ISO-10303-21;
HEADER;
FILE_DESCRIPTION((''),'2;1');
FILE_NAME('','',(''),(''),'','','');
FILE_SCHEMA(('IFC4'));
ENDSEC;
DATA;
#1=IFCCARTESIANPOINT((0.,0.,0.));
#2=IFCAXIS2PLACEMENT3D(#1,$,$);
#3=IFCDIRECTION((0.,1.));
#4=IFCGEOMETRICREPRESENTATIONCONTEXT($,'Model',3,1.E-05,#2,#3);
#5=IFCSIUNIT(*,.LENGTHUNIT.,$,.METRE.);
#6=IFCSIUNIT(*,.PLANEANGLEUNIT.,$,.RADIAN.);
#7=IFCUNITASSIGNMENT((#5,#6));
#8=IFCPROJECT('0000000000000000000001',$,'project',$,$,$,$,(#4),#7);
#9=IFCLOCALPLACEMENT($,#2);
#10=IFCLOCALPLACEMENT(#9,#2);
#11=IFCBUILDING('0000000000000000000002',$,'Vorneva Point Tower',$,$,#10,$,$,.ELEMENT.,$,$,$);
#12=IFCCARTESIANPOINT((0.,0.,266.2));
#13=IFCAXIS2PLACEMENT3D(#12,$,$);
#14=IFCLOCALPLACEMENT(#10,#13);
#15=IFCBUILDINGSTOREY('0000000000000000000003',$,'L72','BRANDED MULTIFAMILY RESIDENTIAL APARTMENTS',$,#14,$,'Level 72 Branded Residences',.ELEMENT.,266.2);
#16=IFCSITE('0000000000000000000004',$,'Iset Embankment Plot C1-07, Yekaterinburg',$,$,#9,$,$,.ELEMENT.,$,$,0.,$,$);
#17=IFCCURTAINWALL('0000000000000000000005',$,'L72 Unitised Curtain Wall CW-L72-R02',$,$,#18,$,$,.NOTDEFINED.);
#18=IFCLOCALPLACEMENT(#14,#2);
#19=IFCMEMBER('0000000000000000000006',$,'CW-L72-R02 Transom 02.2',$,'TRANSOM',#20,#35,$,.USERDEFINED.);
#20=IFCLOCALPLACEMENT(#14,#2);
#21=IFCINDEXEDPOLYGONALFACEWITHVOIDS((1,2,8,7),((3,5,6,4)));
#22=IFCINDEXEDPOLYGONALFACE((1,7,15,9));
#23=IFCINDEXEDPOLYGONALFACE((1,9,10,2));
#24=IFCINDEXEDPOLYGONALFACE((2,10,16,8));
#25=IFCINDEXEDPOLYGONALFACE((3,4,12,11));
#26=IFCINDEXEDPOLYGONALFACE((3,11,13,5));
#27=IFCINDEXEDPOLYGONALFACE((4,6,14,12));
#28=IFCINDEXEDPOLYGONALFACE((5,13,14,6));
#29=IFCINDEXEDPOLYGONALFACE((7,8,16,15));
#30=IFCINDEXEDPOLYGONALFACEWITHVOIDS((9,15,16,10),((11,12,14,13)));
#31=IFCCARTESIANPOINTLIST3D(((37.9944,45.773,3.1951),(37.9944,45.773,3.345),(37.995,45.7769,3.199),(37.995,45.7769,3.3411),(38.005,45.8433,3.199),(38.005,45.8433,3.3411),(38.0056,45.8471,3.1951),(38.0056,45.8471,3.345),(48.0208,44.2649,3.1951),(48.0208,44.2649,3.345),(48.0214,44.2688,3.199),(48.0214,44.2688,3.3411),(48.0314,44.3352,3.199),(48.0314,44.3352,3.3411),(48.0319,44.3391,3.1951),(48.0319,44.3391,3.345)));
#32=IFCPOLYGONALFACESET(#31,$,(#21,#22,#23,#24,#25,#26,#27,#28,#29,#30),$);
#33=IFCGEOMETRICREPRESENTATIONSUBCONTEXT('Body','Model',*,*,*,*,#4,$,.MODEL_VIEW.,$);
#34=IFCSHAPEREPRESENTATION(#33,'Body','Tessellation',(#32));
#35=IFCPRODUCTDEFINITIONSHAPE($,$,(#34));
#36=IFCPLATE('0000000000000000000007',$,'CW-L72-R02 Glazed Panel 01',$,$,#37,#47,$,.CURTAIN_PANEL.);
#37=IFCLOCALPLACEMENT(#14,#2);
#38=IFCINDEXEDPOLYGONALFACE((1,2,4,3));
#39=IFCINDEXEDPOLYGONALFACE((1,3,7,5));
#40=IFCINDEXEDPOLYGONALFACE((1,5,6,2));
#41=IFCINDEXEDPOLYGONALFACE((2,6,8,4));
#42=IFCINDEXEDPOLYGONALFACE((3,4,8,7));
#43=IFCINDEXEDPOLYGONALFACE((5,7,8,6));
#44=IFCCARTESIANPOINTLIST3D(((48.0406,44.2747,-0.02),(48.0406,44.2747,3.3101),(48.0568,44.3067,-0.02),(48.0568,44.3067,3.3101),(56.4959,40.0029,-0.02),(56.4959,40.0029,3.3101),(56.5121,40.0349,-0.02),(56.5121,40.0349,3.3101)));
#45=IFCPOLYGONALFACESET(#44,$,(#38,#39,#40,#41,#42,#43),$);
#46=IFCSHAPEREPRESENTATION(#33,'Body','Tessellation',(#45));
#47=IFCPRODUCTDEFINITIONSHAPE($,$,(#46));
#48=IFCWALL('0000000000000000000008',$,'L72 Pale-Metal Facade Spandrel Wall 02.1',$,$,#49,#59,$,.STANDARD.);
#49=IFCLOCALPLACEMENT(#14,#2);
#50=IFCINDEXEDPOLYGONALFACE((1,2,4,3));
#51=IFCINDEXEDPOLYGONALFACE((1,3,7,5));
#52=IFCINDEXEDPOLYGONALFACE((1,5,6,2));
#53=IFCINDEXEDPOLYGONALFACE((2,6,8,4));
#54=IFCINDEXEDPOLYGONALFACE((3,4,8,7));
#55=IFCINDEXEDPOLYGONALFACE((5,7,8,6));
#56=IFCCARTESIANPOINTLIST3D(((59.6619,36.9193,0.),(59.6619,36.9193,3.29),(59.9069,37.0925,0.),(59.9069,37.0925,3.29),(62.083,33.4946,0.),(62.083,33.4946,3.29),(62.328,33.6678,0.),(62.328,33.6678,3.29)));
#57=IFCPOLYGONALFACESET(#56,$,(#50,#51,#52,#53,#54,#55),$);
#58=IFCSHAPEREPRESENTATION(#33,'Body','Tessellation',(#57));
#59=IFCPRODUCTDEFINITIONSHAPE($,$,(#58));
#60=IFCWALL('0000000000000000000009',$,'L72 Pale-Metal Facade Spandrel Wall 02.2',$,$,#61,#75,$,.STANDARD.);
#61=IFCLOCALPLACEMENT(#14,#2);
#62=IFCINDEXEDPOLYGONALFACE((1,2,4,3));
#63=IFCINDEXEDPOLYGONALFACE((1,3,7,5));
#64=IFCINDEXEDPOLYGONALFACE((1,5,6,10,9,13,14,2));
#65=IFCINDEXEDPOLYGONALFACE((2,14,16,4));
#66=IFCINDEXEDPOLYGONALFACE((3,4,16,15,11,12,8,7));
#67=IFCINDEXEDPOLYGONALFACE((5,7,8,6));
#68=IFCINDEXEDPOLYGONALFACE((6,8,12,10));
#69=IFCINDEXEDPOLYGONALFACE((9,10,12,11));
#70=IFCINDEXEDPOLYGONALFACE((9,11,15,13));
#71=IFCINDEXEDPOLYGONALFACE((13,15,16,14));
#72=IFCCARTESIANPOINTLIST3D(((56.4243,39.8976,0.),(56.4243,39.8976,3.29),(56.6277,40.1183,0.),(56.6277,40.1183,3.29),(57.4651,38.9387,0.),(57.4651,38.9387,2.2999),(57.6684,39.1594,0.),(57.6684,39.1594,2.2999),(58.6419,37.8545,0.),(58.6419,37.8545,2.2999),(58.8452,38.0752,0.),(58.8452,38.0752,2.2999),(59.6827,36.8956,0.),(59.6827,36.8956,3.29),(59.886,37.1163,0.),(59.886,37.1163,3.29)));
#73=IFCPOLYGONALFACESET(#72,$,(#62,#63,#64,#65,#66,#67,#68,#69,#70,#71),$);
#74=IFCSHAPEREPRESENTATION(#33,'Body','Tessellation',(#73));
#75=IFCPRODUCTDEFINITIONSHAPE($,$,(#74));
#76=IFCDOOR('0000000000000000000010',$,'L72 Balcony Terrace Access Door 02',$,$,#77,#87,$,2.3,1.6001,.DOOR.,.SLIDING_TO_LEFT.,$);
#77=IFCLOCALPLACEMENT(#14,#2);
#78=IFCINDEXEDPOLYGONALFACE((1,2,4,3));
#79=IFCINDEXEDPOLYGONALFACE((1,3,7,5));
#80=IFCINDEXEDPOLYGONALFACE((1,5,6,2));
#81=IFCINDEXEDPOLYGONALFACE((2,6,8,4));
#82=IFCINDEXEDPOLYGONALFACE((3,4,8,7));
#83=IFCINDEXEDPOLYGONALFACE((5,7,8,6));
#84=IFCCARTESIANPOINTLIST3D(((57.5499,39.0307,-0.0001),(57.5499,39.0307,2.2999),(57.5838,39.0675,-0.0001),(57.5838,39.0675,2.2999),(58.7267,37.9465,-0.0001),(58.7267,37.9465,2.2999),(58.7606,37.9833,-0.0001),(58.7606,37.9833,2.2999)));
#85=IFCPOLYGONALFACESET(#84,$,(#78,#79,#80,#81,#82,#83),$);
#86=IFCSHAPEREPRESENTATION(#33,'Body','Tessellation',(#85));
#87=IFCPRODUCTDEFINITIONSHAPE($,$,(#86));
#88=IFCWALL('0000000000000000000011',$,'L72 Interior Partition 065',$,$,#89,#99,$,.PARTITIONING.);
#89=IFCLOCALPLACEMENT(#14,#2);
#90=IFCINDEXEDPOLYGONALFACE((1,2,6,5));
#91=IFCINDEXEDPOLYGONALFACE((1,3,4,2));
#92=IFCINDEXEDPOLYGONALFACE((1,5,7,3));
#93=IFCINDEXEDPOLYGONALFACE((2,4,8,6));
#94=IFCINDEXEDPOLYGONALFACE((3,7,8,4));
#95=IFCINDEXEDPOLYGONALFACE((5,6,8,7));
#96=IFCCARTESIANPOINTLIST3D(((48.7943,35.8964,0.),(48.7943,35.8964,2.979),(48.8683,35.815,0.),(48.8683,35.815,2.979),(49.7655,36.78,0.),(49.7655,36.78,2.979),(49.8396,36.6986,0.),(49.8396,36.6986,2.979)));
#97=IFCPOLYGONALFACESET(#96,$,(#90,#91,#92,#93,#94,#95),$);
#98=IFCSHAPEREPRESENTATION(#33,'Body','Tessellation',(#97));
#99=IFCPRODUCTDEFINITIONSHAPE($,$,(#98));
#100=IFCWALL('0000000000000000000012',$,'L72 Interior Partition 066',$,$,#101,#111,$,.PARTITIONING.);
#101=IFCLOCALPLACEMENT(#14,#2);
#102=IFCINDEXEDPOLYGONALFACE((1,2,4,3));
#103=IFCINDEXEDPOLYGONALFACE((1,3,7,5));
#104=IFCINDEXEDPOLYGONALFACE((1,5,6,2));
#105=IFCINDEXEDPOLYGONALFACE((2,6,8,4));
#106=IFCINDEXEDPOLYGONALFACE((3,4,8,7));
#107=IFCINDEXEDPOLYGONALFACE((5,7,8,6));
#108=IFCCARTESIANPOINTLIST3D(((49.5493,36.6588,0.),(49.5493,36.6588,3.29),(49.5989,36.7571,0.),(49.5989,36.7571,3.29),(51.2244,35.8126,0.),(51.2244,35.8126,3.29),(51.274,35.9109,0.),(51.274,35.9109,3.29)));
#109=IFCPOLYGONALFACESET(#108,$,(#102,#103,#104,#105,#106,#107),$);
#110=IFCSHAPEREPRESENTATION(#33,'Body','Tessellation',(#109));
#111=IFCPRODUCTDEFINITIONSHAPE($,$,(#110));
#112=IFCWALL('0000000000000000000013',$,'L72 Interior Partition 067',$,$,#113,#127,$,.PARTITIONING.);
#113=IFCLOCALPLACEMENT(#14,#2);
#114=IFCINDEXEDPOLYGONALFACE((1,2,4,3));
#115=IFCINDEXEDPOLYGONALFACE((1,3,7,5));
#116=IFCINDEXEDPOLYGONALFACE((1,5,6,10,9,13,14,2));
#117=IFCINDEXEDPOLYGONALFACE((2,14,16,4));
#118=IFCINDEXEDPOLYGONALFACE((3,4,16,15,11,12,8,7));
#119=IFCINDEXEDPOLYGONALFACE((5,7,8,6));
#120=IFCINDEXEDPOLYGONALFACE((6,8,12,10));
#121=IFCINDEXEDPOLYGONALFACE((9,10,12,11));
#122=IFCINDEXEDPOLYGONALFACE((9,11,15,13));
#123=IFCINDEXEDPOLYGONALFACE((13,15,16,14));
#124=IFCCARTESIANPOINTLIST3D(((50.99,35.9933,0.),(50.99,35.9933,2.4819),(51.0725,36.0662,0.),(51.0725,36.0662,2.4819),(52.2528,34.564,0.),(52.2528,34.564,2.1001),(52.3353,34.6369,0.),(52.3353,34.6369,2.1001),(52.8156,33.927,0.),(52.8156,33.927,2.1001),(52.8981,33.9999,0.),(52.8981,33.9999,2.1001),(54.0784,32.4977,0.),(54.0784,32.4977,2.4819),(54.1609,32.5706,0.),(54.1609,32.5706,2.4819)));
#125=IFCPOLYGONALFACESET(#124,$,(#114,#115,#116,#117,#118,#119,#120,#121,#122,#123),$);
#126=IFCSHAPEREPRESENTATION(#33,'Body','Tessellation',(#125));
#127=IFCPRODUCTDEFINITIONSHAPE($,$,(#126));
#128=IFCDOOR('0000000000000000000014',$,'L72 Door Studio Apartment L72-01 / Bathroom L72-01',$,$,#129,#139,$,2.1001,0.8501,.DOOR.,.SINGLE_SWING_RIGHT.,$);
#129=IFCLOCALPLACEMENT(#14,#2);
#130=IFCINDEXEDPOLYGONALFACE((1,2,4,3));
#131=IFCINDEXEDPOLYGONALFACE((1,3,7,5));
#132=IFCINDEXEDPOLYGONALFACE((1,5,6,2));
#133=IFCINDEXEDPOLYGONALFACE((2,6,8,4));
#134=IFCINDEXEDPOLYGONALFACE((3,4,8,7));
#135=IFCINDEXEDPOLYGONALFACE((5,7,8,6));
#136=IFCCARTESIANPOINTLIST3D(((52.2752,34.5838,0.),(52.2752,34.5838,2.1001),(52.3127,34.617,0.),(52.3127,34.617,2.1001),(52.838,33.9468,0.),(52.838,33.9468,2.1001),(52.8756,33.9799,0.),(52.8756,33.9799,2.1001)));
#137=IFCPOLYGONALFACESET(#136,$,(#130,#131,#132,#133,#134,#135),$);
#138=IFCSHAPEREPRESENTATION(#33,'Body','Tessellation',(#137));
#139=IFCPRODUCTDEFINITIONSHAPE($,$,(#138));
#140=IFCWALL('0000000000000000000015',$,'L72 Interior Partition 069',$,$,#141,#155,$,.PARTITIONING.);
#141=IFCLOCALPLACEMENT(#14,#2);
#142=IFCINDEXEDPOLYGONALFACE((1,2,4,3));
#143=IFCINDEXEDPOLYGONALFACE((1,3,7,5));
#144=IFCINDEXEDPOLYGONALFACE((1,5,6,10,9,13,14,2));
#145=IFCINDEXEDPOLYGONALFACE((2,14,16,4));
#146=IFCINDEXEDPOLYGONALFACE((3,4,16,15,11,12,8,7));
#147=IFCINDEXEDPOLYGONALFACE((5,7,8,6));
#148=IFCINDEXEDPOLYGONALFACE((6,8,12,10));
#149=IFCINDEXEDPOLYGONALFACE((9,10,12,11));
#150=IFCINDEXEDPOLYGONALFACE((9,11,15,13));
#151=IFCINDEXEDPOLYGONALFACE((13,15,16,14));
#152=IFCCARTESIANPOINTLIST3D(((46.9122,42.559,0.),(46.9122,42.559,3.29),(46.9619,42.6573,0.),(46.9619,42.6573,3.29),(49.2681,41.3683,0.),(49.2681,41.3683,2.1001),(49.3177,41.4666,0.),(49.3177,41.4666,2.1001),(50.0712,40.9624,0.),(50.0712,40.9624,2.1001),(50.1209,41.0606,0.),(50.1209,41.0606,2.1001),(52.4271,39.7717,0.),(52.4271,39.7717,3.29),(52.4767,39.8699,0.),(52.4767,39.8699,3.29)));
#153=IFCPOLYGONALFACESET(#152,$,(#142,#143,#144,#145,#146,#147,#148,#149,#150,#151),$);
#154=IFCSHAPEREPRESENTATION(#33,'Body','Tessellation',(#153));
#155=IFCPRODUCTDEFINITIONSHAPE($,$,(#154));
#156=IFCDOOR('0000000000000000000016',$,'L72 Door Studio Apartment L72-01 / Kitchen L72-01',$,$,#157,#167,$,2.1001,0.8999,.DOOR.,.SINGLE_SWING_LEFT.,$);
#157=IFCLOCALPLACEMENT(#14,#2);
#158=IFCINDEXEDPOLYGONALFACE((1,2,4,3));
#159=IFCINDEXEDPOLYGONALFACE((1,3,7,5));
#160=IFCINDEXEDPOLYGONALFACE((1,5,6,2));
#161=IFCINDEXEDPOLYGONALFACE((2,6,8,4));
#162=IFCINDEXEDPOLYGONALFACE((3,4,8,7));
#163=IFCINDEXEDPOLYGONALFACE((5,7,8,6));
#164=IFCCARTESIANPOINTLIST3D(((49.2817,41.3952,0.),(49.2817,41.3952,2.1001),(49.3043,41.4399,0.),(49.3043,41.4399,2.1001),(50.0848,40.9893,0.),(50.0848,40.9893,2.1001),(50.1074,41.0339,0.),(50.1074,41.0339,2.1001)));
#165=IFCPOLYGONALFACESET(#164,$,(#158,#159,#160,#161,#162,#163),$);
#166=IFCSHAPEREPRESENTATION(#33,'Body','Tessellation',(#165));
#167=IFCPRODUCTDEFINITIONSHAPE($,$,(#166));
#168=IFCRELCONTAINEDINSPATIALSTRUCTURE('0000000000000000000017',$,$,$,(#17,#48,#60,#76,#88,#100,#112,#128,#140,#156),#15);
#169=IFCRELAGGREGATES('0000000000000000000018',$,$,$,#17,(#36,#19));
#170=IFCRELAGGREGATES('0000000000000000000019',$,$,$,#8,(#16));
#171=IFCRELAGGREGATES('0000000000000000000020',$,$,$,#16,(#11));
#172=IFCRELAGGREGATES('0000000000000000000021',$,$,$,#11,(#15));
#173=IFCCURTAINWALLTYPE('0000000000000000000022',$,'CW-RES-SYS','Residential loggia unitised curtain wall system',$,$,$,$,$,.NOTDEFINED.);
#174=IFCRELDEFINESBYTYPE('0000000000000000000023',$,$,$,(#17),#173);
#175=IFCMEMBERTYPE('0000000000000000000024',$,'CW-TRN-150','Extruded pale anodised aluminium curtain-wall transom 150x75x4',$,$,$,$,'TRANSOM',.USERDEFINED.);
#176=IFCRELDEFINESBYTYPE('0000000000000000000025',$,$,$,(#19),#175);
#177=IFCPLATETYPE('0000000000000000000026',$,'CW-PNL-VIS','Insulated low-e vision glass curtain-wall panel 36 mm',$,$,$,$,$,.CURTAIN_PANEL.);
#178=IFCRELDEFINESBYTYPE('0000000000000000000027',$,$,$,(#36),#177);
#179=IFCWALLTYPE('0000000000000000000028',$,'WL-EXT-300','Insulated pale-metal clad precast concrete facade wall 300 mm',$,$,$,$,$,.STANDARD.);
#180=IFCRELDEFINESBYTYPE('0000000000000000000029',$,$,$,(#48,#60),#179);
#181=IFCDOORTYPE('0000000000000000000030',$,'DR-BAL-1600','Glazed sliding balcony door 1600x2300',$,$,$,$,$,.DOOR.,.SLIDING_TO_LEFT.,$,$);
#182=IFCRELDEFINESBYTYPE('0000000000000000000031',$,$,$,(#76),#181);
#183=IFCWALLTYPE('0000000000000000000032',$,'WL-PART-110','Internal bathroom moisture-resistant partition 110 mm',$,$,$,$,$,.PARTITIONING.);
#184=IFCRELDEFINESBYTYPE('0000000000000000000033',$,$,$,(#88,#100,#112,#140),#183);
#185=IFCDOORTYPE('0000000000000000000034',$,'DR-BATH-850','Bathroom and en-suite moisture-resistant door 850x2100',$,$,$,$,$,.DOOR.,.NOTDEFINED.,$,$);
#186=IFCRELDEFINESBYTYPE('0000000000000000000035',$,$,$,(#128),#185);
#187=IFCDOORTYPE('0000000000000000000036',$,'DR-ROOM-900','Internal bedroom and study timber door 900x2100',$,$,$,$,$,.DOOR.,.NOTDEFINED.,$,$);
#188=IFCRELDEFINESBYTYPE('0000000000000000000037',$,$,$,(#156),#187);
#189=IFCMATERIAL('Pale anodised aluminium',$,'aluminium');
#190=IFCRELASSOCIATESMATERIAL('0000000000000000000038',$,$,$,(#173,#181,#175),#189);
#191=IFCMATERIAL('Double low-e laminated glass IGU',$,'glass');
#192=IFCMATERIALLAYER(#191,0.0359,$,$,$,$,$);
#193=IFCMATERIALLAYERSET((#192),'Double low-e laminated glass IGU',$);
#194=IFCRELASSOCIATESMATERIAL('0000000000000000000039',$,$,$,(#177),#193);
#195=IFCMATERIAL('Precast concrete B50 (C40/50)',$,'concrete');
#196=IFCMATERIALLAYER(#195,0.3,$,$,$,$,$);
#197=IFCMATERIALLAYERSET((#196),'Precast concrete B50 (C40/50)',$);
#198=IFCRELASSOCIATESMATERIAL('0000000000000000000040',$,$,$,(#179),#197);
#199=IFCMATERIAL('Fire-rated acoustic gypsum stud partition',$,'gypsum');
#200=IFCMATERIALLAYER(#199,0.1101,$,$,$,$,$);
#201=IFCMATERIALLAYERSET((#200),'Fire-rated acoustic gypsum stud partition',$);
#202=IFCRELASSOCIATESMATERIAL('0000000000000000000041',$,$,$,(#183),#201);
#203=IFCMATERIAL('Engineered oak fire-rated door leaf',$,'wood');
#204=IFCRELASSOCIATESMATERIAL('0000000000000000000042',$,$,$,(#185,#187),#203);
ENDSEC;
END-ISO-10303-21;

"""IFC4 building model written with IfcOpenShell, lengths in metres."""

from ifc_helpers import new_model, si_unit, direction, frame, frame_2d, origin, origin_2d, place, context, subcontext, project, spatial, rectangle, hollow_rectangle, extrude, material, layer, layer_set, material_profile, profile_set, type_object, element, fill, aggregate, save


model = new_model("IFC4")

# Units and contexts
model_context = context("Model", 3, precision=1e-05, world=origin(), true_north=direction((0.0, 1.0)))
body_context = subcontext(model_context, "Body", "Model", "MODEL_VIEW")
ifc_project = project(units=[si_unit("LENGTHUNIT", "METRE"), si_unit("PLANEANGLEUNIT", "RADIAN")], contexts=[model_context])

# Site, building, storey
site_placement = place(None, origin())
site = spatial("IfcSite", under=ifc_project, at=site_placement, Name="Iset Embankment Plot C1-07, Yekaterinburg", CompositionType="ELEMENT", RefElevation=0.0)
building_placement = place(site_placement, origin())
building = spatial("IfcBuilding", under=site, at=building_placement, Name="Vorneva Point Tower", CompositionType="ELEMENT")
storey_placement = place(building_placement, frame((0.0, 0.0, 266.2)))
storey = spatial("IfcBuildingStorey", under=building, at=storey_placement, Name="L72", Description="BRANDED MULTIFAMILY RESIDENTIAL APARTMENTS", LongName="Level 72 Branded Residences", CompositionType="ELEMENT", Elevation=266.2)

# Shared definitions
ifc_material_1 = material(Name="Pale anodised aluminium", Category="aluminium")
curtain_wall_type = type_object("IfcCurtainWallType", Name="CW-RES-SYS", Description="Residential loggia unitised curtain wall system", PredefinedType="NOTDEFINED", material=ifc_material_1)

# Curtain wall, member, plate
curtain_wall_1_placement = place(storey_placement, origin())
curtain_wall_1 = element("IfcCurtainWall", 1, at=curtain_wall_1_placement, inside=storey, type_object=curtain_wall_type, Name="L72 Unitised Curtain Wall CW-L72-R02", PredefinedType="NOTDEFINED")
ifc_material_profile_1 = material_profile(ifc_material_1, hollow_rectangle(XDim=0.075, YDim=0.1499, WallThickness=0.0039, at=origin_2d()), Name="AL-TRN 150x75x4")
ifc_profile_set_1 = profile_set([ifc_material_profile_1], Name="Pale anodised aluminium")
member_type_1 = type_object("IfcMemberType", Name="CW-TRN-150", Description="Extruded pale anodised aluminium curtain-wall transom 150x75x4", ElementType="TRANSOM", PredefinedType="USERDEFINED", material=ifc_profile_set_1)
member_1_placement = place(storey_placement, frame((48.0264, 44.302, 3.27), z_axis=(-0.988877, 0.148736, 0.0), x_axis=(-0.148736, -0.988877, 0.0)))
member_1 = element("IfcMember", 2, at=member_1_placement, type_object=member_type_1, Name="CW-L72-R02 Transom 02.2", ObjectType="TRANSOM", PredefinedType="USERDEFINED", context=body_context, shape_type="SweptSolid", body=[
    extrude(hollow_rectangle(XDim=0.075, YDim=0.1499, WallThickness=0.0039, at=origin_2d()), origin(), (0.0, 0.0, 1.0), 10.1392),
])
ifc_material_2 = material(Name="Double low-e laminated glass IGU", Category="glass")
ifc_layer_1 = layer(ifc_material_2, 0.0359)
ifc_layer_set_1 = layer_set([ifc_layer_1], Name="Double low-e laminated glass IGU")
plate_type = type_object("IfcPlateType", Name="CW-PNL-VIS", Description="Insulated low-e vision glass curtain-wall panel 36 mm", PredefinedType="CURTAIN_PANEL", material=ifc_layer_set_1)
plate_placement = place(storey_placement, frame((52.2764, 42.1548, -0.02), z_axis=(0.0, 0.0, 1.0), x_axis=(-0.892554, 0.45094, 0.0)))
plate = element("IfcPlate", 3, at=plate_placement, type_object=plate_type, Name="CW-L72-R02 Glazed Panel 01", PredefinedType="CURTAIN_PANEL", context=body_context, shape_type="SweptSolid", body=[
    extrude(rectangle(XDim=9.4731, YDim=0.0359, at=origin_2d()), origin(), (0.0, 0.0, 1.0), 3.3301),
])
aggregate(curtain_wall_1, [plate, member_1])

# Wall
ifc_material_3 = material(Name="Precast concrete B50 (C40/50)", Category="concrete")
ifc_layer_2 = layer(ifc_material_3, 0.3)
ifc_layer_set_2 = layer_set([ifc_layer_2], Name="Precast concrete B50 (C40/50)")
wall_type_1 = type_object("IfcWallType", Name="WL-EXT-300", Description="Insulated pale-metal clad precast concrete facade wall 300 mm", PredefinedType="STANDARD", material=ifc_layer_set_2)
wall_1_placement = place(storey_placement, frame((62.2056, 33.5811, 0.0), z_axis=(0.0, 0.0, 1.0), x_axis=(-0.577261, 0.81656, 0.0)))
element("IfcWall", 4, at=wall_1_placement, inside=storey, type_object=wall_type_1, Name="L72 Pale-Metal Facade Spandrel Wall 02.1", PredefinedType="STANDARD", context=body_context, shape_type="SweptSolid", body=[
    extrude(rectangle(XDim=4.1941, YDim=0.3, at=frame_2d((2.0972, 0.0))), origin(), (0.0, 0.0, 1.0), 3.29),
])

# Wall, opening, door
wall_2_placement = place(storey_placement, frame((59.7844, 37.0059, 0.0), z_axis=(0.0, 0.0, 1.0), x_axis=(-0.735445, 0.677584, 0.0)))
wall_2 = element("IfcWall", 5, at=wall_2_placement, inside=storey, type_object=wall_type_1, Name="L72 Pale-Metal Facade Spandrel Wall 02.2", PredefinedType="STANDARD", context=body_context, shape_type="SweptSolid", body=[
    extrude(rectangle(XDim=4.4304, YDim=0.3, at=frame_2d((2.2153, 0.0))), origin(), (0.0, 0.0, 1.0), 3.29),
])
opening_1_placement = place(wall_2_placement, frame((1.4153, 0.0, 0.0)))
opening_1 = element("IfcOpeningElement", 6, at=opening_1_placement, cuts=wall_2, PredefinedType="OPENING", context=body_context, shape_type="SweptSolid", body=[
    extrude(rectangle(XDim=1.6001, YDim=2.3, at=frame_2d((0.8, 1.1499))), frame((0.0, 0.165, 0.0), z_axis=(0.0, -1.0, 0.0), x_axis=(1.0, 0.0, 0.0)), (0.0, 0.0, 1.0), 0.3298),
])
door_type_1 = type_object("IfcDoorType", Name="DR-BAL-1600", Description="Glazed sliding balcony door 1600x2300", OperationType="SLIDING_TO_LEFT", PredefinedType="DOOR", material=ifc_material_1)
door_1_placement = place(opening_1_placement, origin())
door_1 = element("IfcDoor", 7, at=door_1_placement, inside=storey, type_object=door_type_1, Name="L72 Balcony Terrace Access Door 02", OperationType="SLIDING_TO_LEFT", OverallHeight=2.3, OverallWidth=1.6001, PredefinedType="DOOR", context=body_context, shape_type="SweptSolid", body=[
    extrude(rectangle(XDim=1.6001, YDim=2.3, at=frame_2d((0.8, 1.1499))), frame((0.0, 0.0249, 0.0), z_axis=(0.0, -1.0, 0.0), x_axis=(1.0, 0.0, 0.0)), (0.0, 0.0, 1.0), 0.05),
])
fill(opening_1, door_1)

# Walls
ifc_material_4 = material(Name="Fire-rated acoustic gypsum stud partition", Category="gypsum")
ifc_layer_3 = layer(ifc_material_4, 0.1101)
ifc_layer_set_3 = layer_set([ifc_layer_3], Name="Fire-rated acoustic gypsum stud partition")
wall_type_2 = type_object("IfcWallType", Name="WL-PART-110", Description="Internal bathroom moisture-resistant partition 110 mm", PredefinedType="PARTITIONING", material=ifc_layer_set_3)
wall_3_placement = place(storey_placement, frame((48.8313, 35.8557, 0.0), z_axis=(0.0, 0.0, 1.0), x_axis=(0.739696, 0.672941, 0.0)))
element("IfcWall", 8, at=wall_3_placement, inside=storey, type_object=wall_type_2, Name="L72 Interior Partition 065", PredefinedType="PARTITIONING", context=body_context, shape_type="SweptSolid", body=[
    extrude(rectangle(XDim=1.313, YDim=0.1101, at=frame_2d((0.6565, 0.0))), origin(), (0.0, 0.0, 1.0), 2.979),
])
wall_4_placement = place(storey_placement, frame((49.574, 36.708, 0.0), z_axis=(0.0, 0.0, 1.0), x_axis=(0.892572, -0.450904, 0.0)))
element("IfcWall", 9, at=wall_4_placement, inside=storey, type_object=wall_type_2, Name="L72 Interior Partition 066", PredefinedType="PARTITIONING", context=body_context, shape_type="SweptSolid", body=[
    extrude(rectangle(XDim=1.8767, YDim=0.1101, at=frame_2d((0.9385, 0.0))), origin(), (0.0, 0.0, 1.0), 3.29),
])

# Walls, openings, doors
wall_5_placement = place(storey_placement, frame((51.0312, 36.0298, 0.0), z_axis=(0.0, 0.0, 1.0), x_axis=(0.662106, -0.74941, 0.0)))
wall_5 = element("IfcWall", 10, at=wall_5_placement, inside=storey, type_object=wall_type_2, Name="L72 Interior Partition 067", PredefinedType="PARTITIONING", context=body_context, shape_type="SweptSolid", body=[
    extrude(rectangle(XDim=4.6646, YDim=0.1101, at=frame_2d((2.3323, 0.0))), origin(), (0.0, 0.0, 1.0), 2.4819),
])
opening_2_placement = place(wall_5_placement, frame((1.9072, 0.0, 0.0)))
opening_2 = element("IfcOpeningElement", 11, at=opening_2_placement, cuts=wall_5, PredefinedType="OPENING", context=body_context, shape_type="SweptSolid", body=[
    extrude(rectangle(XDim=0.8501, YDim=2.1001, at=frame_2d((0.425, 1.05))), frame((0.0, 0.0698, 0.0), z_axis=(0.0, -1.0, 0.0), x_axis=(1.0, 0.0, 0.0)), (0.0, 0.0, 1.0), 0.1399),
])
ifc_material_5 = material(Name="Engineered oak fire-rated door leaf", Category="wood")
door_type_2 = type_object("IfcDoorType", Name="DR-BATH-850", Description="Bathroom and en-suite moisture-resistant door 850x2100", OperationType="NOTDEFINED", PredefinedType="DOOR", material=ifc_material_5)
door_2_placement = place(opening_2_placement, origin())
door_2 = element("IfcDoor", 12, at=door_2_placement, inside=storey, type_object=door_type_2, Name="L72 Door Studio Apartment L72-01 / Bathroom L72-01", OperationType="SINGLE_SWING_RIGHT", OverallHeight=2.1001, OverallWidth=0.8501, PredefinedType="DOOR", context=body_context, shape_type="SweptSolid", body=[
    extrude(rectangle(XDim=0.8501, YDim=2.1001, at=frame_2d((0.425, 1.05))), frame((0.0, 0.0249, 0.0), z_axis=(0.0, -1.0, 0.0), x_axis=(1.0, 0.0, 0.0)), (0.0, 0.0, 1.0), 0.05),
])
fill(opening_2, door_2)
wall_6_placement = place(storey_placement, frame((52.4519, 39.8208, 0.0), z_axis=(0.0, 0.0, 1.0), x_axis=(-0.892483, 0.451081, 0.0)))
wall_6 = element("IfcWall", 13, at=wall_6_placement, inside=storey, type_object=wall_type_2, Name="L72 Interior Partition 069", PredefinedType="PARTITIONING", context=body_context, shape_type="SweptSolid", body=[
    extrude(rectangle(XDim=6.1792, YDim=0.1101, at=frame_2d((3.0896, 0.0))), origin(), (0.0, 0.0, 1.0), 3.29),
])
opening_3_placement = place(wall_6_placement, frame((2.6396, 0.0, 0.0)))
opening_3 = element("IfcOpeningElement", 14, at=opening_3_placement, cuts=wall_6, PredefinedType="OPENING", context=body_context, shape_type="SweptSolid", body=[
    extrude(rectangle(XDim=0.8999, YDim=2.1001, at=frame_2d((0.45, 1.05))), frame((0.0, 0.0698, 0.0), z_axis=(0.0, -1.0, 0.0), x_axis=(1.0, 0.0, 0.0)), (0.0, 0.0, 1.0), 0.1399),
])
door_type_3 = type_object("IfcDoorType", Name="DR-ROOM-900", Description="Internal bedroom and study timber door 900x2100", OperationType="NOTDEFINED", PredefinedType="DOOR", material=ifc_material_5)
door_3_placement = place(opening_3_placement, origin())
door_3 = element("IfcDoor", 15, at=door_3_placement, inside=storey, type_object=door_type_3, Name="L72 Door Studio Apartment L72-01 / Kitchen L72-01", OperationType="SINGLE_SWING_LEFT", OverallHeight=2.1001, OverallWidth=0.8999, PredefinedType="DOOR", context=body_context, shape_type="SweptSolid", body=[
    extrude(rectangle(XDim=0.8999, YDim=2.1001, at=frame_2d((0.45, 1.05))), frame((0.0, 0.0249, 0.0), z_axis=(0.0, -1.0, 0.0), x_axis=(1.0, 0.0, 0.0)), (0.0, 0.0, 1.0), 0.05),
])
fill(opening_3, door_3)

save(model, "model.ifc")
